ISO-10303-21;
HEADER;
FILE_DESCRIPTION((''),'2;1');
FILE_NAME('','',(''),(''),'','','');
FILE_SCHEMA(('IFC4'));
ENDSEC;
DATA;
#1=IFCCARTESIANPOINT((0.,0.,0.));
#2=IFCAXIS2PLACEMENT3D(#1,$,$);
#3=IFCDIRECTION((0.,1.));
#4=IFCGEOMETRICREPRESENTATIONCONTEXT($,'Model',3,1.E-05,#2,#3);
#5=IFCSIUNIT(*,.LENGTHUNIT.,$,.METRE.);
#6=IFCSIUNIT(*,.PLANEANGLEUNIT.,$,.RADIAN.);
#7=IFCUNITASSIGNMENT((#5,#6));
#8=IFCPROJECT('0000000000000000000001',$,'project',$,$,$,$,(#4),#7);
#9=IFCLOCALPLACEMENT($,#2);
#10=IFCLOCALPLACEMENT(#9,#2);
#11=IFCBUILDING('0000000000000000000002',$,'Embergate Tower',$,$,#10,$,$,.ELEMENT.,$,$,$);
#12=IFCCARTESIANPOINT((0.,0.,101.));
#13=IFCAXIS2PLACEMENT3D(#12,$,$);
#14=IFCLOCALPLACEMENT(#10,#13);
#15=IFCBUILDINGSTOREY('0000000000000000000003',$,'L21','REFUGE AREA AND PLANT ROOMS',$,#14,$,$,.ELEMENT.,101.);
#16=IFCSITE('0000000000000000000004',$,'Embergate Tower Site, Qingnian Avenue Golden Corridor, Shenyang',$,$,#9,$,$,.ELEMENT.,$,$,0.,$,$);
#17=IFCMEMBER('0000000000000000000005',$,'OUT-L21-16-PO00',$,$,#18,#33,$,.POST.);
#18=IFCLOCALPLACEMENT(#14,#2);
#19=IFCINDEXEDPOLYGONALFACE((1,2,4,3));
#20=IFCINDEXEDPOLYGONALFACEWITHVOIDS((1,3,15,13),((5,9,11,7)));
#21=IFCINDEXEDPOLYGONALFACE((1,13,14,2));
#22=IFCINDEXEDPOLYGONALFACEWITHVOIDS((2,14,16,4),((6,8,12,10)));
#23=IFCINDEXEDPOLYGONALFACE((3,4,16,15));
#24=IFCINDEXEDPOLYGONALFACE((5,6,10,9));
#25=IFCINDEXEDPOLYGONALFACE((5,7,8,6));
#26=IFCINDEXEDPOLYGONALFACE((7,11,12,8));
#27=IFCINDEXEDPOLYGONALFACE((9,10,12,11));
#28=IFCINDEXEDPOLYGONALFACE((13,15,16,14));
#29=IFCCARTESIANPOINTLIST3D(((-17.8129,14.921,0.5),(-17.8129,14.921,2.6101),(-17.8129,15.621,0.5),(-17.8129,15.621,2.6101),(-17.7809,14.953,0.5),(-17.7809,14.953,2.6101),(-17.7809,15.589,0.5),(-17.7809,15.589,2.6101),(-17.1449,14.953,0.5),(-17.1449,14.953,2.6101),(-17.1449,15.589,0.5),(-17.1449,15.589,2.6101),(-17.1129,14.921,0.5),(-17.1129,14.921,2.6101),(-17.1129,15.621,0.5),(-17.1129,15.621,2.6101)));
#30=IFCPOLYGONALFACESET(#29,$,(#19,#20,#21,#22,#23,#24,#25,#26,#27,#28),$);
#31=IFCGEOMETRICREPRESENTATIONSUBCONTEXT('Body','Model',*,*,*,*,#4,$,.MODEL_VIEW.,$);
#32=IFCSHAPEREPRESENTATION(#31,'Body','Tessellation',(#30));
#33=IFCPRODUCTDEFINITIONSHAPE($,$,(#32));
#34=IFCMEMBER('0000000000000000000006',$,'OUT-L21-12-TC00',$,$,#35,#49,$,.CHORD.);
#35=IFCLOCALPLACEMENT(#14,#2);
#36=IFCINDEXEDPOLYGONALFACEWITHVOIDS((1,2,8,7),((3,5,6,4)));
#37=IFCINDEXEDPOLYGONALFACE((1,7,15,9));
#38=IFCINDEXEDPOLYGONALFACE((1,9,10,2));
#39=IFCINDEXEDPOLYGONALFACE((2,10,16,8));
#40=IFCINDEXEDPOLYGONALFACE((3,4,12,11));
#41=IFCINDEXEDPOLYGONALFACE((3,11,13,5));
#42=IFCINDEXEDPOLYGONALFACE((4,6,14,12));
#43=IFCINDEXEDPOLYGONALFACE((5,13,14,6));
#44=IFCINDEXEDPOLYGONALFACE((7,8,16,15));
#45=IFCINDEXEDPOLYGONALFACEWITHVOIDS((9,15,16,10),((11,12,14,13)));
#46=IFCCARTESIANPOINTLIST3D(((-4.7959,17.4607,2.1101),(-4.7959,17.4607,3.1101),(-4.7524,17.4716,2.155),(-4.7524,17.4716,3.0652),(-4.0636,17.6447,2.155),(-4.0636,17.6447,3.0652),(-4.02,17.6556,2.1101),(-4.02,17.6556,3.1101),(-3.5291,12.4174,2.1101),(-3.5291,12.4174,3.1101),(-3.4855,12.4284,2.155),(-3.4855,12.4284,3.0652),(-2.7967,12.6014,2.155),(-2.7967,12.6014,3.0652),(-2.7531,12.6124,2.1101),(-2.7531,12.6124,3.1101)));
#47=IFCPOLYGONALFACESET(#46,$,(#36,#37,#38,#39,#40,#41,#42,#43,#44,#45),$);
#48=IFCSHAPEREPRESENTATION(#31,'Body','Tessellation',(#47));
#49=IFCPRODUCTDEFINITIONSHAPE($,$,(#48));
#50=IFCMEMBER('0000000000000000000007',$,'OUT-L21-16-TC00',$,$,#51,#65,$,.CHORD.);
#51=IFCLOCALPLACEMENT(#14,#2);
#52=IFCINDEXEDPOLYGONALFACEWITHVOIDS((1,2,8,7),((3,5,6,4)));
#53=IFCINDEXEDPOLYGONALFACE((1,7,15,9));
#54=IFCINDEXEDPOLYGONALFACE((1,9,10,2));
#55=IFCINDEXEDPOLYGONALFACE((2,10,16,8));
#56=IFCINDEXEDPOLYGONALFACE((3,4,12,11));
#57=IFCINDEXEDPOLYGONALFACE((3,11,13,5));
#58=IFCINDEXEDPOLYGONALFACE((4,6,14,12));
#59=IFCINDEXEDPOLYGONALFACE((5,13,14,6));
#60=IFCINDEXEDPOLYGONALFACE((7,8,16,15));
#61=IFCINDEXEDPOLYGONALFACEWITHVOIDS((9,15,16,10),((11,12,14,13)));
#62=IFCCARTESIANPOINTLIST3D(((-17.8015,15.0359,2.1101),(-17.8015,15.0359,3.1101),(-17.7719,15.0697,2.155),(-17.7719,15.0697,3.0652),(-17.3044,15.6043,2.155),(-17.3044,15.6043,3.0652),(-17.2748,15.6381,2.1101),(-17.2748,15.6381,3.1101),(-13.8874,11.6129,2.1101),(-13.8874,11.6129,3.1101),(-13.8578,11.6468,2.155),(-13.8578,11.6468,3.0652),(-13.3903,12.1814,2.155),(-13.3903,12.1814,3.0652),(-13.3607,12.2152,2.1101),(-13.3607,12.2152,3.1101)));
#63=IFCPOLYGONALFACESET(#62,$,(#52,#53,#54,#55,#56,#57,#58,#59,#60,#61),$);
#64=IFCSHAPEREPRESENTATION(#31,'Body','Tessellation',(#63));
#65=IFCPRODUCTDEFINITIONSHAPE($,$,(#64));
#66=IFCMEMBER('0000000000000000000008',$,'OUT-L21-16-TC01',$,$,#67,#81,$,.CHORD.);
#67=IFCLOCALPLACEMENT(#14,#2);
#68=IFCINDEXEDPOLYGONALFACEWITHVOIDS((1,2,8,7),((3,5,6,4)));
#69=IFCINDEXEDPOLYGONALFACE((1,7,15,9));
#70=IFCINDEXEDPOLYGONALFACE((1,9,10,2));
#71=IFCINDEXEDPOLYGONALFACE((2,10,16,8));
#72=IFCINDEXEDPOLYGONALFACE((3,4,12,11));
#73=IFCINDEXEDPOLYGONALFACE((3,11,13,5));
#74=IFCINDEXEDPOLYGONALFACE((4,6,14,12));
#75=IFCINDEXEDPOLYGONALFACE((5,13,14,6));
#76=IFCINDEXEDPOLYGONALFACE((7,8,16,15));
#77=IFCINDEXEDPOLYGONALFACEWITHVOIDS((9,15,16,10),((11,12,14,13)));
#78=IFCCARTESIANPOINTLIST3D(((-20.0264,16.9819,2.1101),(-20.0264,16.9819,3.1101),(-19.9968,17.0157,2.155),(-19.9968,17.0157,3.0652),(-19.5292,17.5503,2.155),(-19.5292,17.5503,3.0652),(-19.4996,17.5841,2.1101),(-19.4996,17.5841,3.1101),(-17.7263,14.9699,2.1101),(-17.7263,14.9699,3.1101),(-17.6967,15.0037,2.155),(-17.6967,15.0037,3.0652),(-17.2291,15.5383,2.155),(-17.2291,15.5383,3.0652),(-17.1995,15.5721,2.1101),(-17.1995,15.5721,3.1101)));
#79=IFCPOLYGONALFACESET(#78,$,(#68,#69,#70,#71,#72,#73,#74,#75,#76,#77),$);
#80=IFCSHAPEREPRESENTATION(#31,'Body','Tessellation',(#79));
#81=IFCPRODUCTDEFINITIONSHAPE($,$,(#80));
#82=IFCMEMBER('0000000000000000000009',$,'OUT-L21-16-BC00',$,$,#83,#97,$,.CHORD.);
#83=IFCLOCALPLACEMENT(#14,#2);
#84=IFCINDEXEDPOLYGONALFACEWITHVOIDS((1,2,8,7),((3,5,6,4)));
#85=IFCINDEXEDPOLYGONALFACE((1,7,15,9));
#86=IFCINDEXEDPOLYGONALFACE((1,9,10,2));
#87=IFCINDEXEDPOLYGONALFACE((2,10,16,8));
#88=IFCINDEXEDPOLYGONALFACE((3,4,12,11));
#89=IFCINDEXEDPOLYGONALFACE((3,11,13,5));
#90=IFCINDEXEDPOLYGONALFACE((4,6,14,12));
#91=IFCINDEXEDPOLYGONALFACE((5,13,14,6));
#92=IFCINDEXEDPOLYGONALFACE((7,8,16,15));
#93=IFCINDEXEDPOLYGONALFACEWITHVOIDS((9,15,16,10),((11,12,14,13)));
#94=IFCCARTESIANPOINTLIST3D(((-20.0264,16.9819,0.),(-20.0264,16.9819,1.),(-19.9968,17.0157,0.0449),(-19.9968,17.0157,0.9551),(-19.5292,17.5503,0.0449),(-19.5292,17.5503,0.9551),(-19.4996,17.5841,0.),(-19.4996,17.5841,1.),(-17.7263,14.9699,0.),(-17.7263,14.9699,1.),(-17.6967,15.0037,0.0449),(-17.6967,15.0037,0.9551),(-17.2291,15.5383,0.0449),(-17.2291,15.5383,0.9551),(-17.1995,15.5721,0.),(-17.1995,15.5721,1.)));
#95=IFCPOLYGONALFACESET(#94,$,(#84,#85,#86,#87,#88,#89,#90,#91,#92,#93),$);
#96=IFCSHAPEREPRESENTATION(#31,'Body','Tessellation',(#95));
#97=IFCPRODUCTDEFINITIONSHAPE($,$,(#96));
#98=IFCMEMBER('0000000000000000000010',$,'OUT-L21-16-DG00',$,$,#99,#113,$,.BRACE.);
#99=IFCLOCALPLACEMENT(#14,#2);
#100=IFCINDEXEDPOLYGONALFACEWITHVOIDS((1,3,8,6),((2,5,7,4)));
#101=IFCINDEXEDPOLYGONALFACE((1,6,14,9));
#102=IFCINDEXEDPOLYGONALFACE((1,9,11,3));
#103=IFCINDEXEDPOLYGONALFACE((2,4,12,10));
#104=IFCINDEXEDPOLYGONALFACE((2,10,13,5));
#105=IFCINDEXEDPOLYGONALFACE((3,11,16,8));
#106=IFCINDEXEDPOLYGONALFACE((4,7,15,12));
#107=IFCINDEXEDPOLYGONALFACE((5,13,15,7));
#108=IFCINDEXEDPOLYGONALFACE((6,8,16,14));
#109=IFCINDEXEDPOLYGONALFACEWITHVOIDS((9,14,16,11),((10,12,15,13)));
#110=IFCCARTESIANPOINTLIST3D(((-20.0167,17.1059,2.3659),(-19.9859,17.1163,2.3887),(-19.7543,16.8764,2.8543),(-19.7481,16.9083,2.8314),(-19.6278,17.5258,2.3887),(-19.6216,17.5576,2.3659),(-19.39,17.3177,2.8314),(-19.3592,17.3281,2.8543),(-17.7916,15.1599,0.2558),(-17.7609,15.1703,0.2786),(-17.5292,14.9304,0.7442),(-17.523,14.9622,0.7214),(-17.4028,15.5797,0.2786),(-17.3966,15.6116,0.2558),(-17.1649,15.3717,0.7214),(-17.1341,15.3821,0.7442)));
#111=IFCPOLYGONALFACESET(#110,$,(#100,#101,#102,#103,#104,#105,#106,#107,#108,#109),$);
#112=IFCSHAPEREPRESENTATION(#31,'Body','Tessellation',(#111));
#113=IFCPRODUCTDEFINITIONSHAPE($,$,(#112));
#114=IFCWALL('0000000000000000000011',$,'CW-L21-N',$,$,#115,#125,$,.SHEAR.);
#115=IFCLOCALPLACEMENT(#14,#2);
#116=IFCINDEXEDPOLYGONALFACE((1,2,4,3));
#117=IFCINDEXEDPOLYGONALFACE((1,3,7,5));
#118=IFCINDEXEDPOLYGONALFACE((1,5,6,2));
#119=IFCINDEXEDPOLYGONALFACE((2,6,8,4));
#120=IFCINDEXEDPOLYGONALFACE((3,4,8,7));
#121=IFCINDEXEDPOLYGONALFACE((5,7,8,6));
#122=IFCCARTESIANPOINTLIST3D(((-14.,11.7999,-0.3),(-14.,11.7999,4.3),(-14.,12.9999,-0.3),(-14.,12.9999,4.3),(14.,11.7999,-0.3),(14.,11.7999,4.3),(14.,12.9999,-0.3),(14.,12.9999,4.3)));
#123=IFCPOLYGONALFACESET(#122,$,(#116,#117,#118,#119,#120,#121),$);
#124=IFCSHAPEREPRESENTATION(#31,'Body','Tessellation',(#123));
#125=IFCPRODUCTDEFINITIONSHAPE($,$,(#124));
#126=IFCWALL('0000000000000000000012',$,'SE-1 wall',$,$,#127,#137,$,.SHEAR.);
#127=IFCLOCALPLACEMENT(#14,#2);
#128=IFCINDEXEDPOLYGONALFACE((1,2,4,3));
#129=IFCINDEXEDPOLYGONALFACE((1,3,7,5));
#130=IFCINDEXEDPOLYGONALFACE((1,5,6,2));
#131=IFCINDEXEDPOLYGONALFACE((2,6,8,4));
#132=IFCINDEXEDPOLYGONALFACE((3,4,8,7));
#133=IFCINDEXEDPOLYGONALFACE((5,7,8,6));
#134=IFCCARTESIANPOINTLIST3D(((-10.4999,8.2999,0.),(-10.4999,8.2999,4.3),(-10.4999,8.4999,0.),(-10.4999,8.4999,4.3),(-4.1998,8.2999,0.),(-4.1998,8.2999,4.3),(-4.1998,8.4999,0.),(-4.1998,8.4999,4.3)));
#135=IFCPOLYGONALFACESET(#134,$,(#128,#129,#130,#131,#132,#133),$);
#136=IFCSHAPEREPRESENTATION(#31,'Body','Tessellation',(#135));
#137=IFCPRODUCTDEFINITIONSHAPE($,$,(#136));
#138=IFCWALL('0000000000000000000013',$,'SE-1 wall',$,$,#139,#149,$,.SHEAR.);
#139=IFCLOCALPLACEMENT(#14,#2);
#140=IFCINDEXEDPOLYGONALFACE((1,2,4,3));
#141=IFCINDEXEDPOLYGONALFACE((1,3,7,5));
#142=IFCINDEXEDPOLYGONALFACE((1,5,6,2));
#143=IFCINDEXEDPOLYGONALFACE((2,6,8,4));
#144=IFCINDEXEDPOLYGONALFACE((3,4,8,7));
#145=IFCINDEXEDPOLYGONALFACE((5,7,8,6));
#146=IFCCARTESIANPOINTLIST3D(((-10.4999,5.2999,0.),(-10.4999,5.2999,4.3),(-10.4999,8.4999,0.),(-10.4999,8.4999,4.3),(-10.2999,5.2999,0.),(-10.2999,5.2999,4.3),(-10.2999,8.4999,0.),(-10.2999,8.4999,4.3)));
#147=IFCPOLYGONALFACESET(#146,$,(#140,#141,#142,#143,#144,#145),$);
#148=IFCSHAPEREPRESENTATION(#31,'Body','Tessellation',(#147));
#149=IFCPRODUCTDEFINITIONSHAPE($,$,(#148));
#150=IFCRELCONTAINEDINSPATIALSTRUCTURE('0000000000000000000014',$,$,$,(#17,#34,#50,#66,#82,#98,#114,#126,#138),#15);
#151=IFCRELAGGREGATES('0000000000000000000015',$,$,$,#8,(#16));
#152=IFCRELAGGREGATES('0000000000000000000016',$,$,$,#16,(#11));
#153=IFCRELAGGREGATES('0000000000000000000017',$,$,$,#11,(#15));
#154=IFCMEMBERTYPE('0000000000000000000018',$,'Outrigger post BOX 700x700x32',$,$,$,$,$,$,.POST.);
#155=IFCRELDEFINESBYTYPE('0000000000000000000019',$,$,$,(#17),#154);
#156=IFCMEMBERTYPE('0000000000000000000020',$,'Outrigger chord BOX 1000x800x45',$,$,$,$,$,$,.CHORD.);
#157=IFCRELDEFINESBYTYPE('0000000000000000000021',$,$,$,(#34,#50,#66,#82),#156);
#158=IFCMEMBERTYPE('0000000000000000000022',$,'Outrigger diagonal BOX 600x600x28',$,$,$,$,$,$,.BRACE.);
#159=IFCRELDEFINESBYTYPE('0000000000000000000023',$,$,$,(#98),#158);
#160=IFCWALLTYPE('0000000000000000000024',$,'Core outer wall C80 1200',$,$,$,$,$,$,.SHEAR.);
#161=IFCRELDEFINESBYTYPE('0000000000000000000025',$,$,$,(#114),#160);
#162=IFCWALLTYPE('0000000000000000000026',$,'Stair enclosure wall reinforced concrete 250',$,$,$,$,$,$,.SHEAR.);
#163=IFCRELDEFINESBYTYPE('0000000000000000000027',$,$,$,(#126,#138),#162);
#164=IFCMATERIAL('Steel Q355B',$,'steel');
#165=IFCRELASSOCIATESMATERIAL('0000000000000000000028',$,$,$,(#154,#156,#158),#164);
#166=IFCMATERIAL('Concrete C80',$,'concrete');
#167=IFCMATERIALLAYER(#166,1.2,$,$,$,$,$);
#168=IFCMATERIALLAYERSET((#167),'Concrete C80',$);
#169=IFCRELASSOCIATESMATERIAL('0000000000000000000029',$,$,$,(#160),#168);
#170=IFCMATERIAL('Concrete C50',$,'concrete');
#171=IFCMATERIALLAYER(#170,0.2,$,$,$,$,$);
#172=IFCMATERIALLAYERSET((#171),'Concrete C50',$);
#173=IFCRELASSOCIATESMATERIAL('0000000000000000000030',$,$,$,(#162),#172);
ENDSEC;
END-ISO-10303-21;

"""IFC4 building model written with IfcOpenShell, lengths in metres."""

from ifc_helpers import new_model, si_unit, direction, frame, frame_2d, origin, origin_2d, place, context, subcontext, project, spatial, rectangle, hollow_rectangle, extrude, source, transform, mapped, material, layer, layer_set, material_profile, profile_set, type_object, element, save


model = new_model("IFC4")

# Units and contexts
model_context = context("Model", 3, precision=1e-05, world=origin(), true_north=direction((0.0, 1.0)))
body_context = subcontext(model_context, "Body", "Model", "MODEL_VIEW")
ifc_project = project(units=[si_unit("LENGTHUNIT", "METRE"), si_unit("PLANEANGLEUNIT", "RADIAN")], contexts=[model_context])

# Site, building, storey
site_placement = place(None, origin())
site = spatial("IfcSite", under=ifc_project, at=site_placement, Name="Embergate Tower Site, Qingnian Avenue Golden Corridor, Shenyang", CompositionType="ELEMENT", RefElevation=0.0)
building_placement = place(site_placement, origin())
building = spatial("IfcBuilding", under=site, at=building_placement, Name="Embergate Tower", CompositionType="ELEMENT")
storey_placement = place(building_placement, frame((0.0, 0.0, 101.0)))
storey = spatial("IfcBuildingStorey", under=building, at=storey_placement, Name="L21", Description="REFUGE AREA AND PLANT ROOMS", CompositionType="ELEMENT", Elevation=101.0)

# Members
ifc_material_1 = material(Name="Steel Q355B", Category="steel")
ifc_material_profile_1 = material_profile(ifc_material_1, hollow_rectangle(XDim=0.7, YDim=0.7, WallThickness=0.032, at=origin_2d()), Name="BOX 700x700x32")
ifc_profile_set_1 = profile_set([ifc_material_profile_1], Name="Steel Q355 grade B")
member_type_1 = type_object("IfcMemberType", Name="Outrigger post BOX 700x700x32", PredefinedType="POST", material=ifc_profile_set_1)
shared_shape_1 = source(origin(), body_context, "Body", "SweptSolid", [
    extrude(hollow_rectangle(XDim=0.7, YDim=0.7, WallThickness=0.032, at=origin_2d()), origin(), (0.0, 0.0, 1.0), 2.1101),
])
member_1_placement = place(storey_placement, frame((-17.4629, 15.271, 0.5), z_axis=(0.0, 0.0, 1.0), x_axis=(1.0, 0.0, 0.0)))
element("IfcMember", 1, at=member_1_placement, inside=storey, type_object=member_type_1, Name="OUT-L21-16-PO00", PredefinedType="POST", context=body_context, shape_type="MappedRepresentation", body=[
    mapped(shared_shape_1, transform((0.0, 0.0, 0.0))),
])
ifc_material_profile_2 = material_profile(ifc_material_1, hollow_rectangle(XDim=0.8, YDim=1.0, WallThickness=0.0449, at=origin_2d()), Name="BOX 1000x800x45")
ifc_profile_set_2 = profile_set([ifc_material_profile_2], Name="Steel Q355 grade B")
member_type_2 = type_object("IfcMemberType", Name="Outrigger chord BOX 1000x800x45", PredefinedType="CHORD", material=ifc_profile_set_2)
shared_shape_2 = source(origin(), body_context, "Body", "SweptSolid", [
    extrude(hollow_rectangle(XDim=0.8, YDim=1.0, WallThickness=0.0449, at=origin_2d()), origin(), (0.0, 0.0, 1.0), 5.2),
])
member_2_placement = place(storey_placement, frame((-3.1411, 12.5149, 2.6101), z_axis=(-0.243629, 0.969868, 0.0), x_axis=(-0.969868, -0.243629, 0.0)))
element("IfcMember", 2, at=member_2_placement, inside=storey, type_object=member_type_2, Name="OUT-L21-12-TC00", PredefinedType="CHORD", context=body_context, shape_type="MappedRepresentation", body=[
    mapped(shared_shape_2, transform((0.0, 0.0, 0.0))),
])
shared_shape_3 = source(origin(), body_context, "Body", "SweptSolid", [
    extrude(hollow_rectangle(XDim=0.8, YDim=1.0, WallThickness=0.0449, at=origin_2d()), origin(), (0.0, 0.0, 1.0), 5.1997),
])
member_3_placement = place(storey_placement, frame((-13.624, 11.9141, 2.6101), z_axis=(-0.752763, 0.658292, 0.0), x_axis=(-0.658292, -0.752763, 0.0)))
element("IfcMember", 3, at=member_3_placement, inside=storey, type_object=member_type_2, Name="OUT-L21-16-TC00", PredefinedType="CHORD", context=body_context, shape_type="MappedRepresentation", body=[
    mapped(shared_shape_3, transform((0.0, 0.0, 0.0))),
])
shared_shape_4 = source(origin(), body_context, "Body", "SweptSolid", [
    extrude(hollow_rectangle(XDim=0.8, YDim=1.0, WallThickness=0.0449, at=origin_2d()), origin(), (0.0, 0.0, 1.0), 3.0559),
])
for number, where, z_axis, x_axis, name in (
    (4, (-17.4629, 15.271, 2.6101), (-0.752671, 0.658397, 0.0), (-0.658397, -0.752671, 0.0), "OUT-L21-16-TC01"),
    (5, (-17.4629, 15.271, 0.5), (-0.752671, 0.658397, 0.0), (-0.658397, -0.752671, 0.0), "OUT-L21-16-BC00"),
):
    element("IfcMember", number, at=place(storey_placement, frame(where, z_axis=z_axis, x_axis=x_axis)), inside=storey, type_object=member_type_2, Name=name, PredefinedType="CHORD", context=body_context, shape_type="MappedRepresentation", body=[
        mapped(shared_shape_4, transform((0.0, 0.0, 0.0))),
    ])
ifc_material_profile_3 = material_profile(ifc_material_1, hollow_rectangle(XDim=0.6001, YDim=0.6001, WallThickness=0.0281, at=origin_2d()), Name="BOX 600x600x28")
ifc_profile_set_3 = profile_set([ifc_material_profile_3], Name="Steel Q355 grade B")
member_type_3 = type_object("IfcMemberType", Name="Outrigger diagonal BOX 600x600x28", PredefinedType="BRACE", material=ifc_profile_set_3)
shared_shape_5 = source(origin(), body_context, "Body", "SweptSolid", [
    extrude(hollow_rectangle(XDim=0.6001, YDim=0.6001, WallThickness=0.0281, at=origin_2d()), origin(), (0.0, 0.0, 1.0), 3.6318),
])
member_4_placement = place(storey_placement, frame((-17.4629, 15.271, 0.5), z_axis=(-0.612654, 0.53582, 0.580993), x_axis=(-0.658329, -0.75273, 0.0)))
element("IfcMember", 6, at=member_4_placement, inside=storey, type_object=member_type_3, Name="OUT-L21-16-DG00", PredefinedType="BRACE", context=body_context, shape_type="MappedRepresentation", body=[
    mapped(shared_shape_5, transform((0.0, 0.0, 0.0))),
])

# Walls
ifc_material_2 = material(Name="Concrete C80", Category="concrete")
ifc_layer_1 = layer(ifc_material_2, 1.2)
ifc_layer_set_1 = layer_set([ifc_layer_1], Name="Concrete C80")
wall_type_1 = type_object("IfcWallType", Name="Core outer wall C80 1200", PredefinedType="SHEAR", material=ifc_layer_set_1)
shared_shape_6 = source(origin(), body_context, "Body", "SweptSolid", [
    extrude(rectangle(XDim=28.0, YDim=1.2, at=frame_2d((14.0, 0.0))), origin(), (0.0, 0.0, 1.0), 4.6001),
])
wall_1_placement = place(storey_placement, frame((-14.0, 12.3999, -0.3), z_axis=(0.0, 0.0, 1.0), x_axis=(1.0, 0.0, 0.0)))
element("IfcWall", 7, at=wall_1_placement, inside=storey, type_object=wall_type_1, Name="CW-L21-N", PredefinedType="SHEAR", context=body_context, shape_type="MappedRepresentation", body=[
    mapped(shared_shape_6, transform((0.0, 0.0, 0.0))),
])
ifc_material_3 = material(Name="Concrete C50", Category="concrete")
ifc_layer_2 = layer(ifc_material_3, 0.2)
ifc_layer_set_2 = layer_set([ifc_layer_2], Name="Concrete C50")
wall_type_2 = type_object("IfcWallType", Name="Stair enclosure wall reinforced concrete 250", PredefinedType="SHEAR", material=ifc_layer_set_2)
shared_shape_7 = source(origin(), body_context, "Body", "SweptSolid", [
    extrude(rectangle(XDim=6.3, YDim=0.2, at=frame_2d((3.1499, 0.0))), origin(), (0.0, 0.0, 1.0), 4.3),
])
wall_2_placement = place(storey_placement, frame((-4.2, 8.3999, 0.0), z_axis=(0.0, 0.0, 1.0), x_axis=(-1.0, 0.0, 0.0)))
element("IfcWall", 8, at=wall_2_placement, inside=storey, type_object=wall_type_2, Name="SE-1 wall", PredefinedType="SHEAR", context=body_context, shape_type="MappedRepresentation", body=[
    mapped(shared_shape_7, transform((0.0, 0.0, 0.0))),
])
shared_shape_8 = source(origin(), body_context, "Body", "SweptSolid", [
    extrude(rectangle(XDim=3.2, YDim=0.2, at=frame_2d((1.6001, 0.0))), origin(), (0.0, 0.0, 1.0), 4.3),
])
wall_3_placement = place(storey_placement, frame((-10.3999, 8.5, 0.0), z_axis=(0.0, 0.0, 1.0), x_axis=(0.0, -1.0, 0.0)))
element("IfcWall", 9, at=wall_3_placement, inside=storey, type_object=wall_type_2, Name="SE-1 wall", PredefinedType="SHEAR", context=body_context, shape_type="MappedRepresentation", body=[
    mapped(shared_shape_8, transform((0.0, 0.0, 0.0))),
])

save(model, "model.ifc")
